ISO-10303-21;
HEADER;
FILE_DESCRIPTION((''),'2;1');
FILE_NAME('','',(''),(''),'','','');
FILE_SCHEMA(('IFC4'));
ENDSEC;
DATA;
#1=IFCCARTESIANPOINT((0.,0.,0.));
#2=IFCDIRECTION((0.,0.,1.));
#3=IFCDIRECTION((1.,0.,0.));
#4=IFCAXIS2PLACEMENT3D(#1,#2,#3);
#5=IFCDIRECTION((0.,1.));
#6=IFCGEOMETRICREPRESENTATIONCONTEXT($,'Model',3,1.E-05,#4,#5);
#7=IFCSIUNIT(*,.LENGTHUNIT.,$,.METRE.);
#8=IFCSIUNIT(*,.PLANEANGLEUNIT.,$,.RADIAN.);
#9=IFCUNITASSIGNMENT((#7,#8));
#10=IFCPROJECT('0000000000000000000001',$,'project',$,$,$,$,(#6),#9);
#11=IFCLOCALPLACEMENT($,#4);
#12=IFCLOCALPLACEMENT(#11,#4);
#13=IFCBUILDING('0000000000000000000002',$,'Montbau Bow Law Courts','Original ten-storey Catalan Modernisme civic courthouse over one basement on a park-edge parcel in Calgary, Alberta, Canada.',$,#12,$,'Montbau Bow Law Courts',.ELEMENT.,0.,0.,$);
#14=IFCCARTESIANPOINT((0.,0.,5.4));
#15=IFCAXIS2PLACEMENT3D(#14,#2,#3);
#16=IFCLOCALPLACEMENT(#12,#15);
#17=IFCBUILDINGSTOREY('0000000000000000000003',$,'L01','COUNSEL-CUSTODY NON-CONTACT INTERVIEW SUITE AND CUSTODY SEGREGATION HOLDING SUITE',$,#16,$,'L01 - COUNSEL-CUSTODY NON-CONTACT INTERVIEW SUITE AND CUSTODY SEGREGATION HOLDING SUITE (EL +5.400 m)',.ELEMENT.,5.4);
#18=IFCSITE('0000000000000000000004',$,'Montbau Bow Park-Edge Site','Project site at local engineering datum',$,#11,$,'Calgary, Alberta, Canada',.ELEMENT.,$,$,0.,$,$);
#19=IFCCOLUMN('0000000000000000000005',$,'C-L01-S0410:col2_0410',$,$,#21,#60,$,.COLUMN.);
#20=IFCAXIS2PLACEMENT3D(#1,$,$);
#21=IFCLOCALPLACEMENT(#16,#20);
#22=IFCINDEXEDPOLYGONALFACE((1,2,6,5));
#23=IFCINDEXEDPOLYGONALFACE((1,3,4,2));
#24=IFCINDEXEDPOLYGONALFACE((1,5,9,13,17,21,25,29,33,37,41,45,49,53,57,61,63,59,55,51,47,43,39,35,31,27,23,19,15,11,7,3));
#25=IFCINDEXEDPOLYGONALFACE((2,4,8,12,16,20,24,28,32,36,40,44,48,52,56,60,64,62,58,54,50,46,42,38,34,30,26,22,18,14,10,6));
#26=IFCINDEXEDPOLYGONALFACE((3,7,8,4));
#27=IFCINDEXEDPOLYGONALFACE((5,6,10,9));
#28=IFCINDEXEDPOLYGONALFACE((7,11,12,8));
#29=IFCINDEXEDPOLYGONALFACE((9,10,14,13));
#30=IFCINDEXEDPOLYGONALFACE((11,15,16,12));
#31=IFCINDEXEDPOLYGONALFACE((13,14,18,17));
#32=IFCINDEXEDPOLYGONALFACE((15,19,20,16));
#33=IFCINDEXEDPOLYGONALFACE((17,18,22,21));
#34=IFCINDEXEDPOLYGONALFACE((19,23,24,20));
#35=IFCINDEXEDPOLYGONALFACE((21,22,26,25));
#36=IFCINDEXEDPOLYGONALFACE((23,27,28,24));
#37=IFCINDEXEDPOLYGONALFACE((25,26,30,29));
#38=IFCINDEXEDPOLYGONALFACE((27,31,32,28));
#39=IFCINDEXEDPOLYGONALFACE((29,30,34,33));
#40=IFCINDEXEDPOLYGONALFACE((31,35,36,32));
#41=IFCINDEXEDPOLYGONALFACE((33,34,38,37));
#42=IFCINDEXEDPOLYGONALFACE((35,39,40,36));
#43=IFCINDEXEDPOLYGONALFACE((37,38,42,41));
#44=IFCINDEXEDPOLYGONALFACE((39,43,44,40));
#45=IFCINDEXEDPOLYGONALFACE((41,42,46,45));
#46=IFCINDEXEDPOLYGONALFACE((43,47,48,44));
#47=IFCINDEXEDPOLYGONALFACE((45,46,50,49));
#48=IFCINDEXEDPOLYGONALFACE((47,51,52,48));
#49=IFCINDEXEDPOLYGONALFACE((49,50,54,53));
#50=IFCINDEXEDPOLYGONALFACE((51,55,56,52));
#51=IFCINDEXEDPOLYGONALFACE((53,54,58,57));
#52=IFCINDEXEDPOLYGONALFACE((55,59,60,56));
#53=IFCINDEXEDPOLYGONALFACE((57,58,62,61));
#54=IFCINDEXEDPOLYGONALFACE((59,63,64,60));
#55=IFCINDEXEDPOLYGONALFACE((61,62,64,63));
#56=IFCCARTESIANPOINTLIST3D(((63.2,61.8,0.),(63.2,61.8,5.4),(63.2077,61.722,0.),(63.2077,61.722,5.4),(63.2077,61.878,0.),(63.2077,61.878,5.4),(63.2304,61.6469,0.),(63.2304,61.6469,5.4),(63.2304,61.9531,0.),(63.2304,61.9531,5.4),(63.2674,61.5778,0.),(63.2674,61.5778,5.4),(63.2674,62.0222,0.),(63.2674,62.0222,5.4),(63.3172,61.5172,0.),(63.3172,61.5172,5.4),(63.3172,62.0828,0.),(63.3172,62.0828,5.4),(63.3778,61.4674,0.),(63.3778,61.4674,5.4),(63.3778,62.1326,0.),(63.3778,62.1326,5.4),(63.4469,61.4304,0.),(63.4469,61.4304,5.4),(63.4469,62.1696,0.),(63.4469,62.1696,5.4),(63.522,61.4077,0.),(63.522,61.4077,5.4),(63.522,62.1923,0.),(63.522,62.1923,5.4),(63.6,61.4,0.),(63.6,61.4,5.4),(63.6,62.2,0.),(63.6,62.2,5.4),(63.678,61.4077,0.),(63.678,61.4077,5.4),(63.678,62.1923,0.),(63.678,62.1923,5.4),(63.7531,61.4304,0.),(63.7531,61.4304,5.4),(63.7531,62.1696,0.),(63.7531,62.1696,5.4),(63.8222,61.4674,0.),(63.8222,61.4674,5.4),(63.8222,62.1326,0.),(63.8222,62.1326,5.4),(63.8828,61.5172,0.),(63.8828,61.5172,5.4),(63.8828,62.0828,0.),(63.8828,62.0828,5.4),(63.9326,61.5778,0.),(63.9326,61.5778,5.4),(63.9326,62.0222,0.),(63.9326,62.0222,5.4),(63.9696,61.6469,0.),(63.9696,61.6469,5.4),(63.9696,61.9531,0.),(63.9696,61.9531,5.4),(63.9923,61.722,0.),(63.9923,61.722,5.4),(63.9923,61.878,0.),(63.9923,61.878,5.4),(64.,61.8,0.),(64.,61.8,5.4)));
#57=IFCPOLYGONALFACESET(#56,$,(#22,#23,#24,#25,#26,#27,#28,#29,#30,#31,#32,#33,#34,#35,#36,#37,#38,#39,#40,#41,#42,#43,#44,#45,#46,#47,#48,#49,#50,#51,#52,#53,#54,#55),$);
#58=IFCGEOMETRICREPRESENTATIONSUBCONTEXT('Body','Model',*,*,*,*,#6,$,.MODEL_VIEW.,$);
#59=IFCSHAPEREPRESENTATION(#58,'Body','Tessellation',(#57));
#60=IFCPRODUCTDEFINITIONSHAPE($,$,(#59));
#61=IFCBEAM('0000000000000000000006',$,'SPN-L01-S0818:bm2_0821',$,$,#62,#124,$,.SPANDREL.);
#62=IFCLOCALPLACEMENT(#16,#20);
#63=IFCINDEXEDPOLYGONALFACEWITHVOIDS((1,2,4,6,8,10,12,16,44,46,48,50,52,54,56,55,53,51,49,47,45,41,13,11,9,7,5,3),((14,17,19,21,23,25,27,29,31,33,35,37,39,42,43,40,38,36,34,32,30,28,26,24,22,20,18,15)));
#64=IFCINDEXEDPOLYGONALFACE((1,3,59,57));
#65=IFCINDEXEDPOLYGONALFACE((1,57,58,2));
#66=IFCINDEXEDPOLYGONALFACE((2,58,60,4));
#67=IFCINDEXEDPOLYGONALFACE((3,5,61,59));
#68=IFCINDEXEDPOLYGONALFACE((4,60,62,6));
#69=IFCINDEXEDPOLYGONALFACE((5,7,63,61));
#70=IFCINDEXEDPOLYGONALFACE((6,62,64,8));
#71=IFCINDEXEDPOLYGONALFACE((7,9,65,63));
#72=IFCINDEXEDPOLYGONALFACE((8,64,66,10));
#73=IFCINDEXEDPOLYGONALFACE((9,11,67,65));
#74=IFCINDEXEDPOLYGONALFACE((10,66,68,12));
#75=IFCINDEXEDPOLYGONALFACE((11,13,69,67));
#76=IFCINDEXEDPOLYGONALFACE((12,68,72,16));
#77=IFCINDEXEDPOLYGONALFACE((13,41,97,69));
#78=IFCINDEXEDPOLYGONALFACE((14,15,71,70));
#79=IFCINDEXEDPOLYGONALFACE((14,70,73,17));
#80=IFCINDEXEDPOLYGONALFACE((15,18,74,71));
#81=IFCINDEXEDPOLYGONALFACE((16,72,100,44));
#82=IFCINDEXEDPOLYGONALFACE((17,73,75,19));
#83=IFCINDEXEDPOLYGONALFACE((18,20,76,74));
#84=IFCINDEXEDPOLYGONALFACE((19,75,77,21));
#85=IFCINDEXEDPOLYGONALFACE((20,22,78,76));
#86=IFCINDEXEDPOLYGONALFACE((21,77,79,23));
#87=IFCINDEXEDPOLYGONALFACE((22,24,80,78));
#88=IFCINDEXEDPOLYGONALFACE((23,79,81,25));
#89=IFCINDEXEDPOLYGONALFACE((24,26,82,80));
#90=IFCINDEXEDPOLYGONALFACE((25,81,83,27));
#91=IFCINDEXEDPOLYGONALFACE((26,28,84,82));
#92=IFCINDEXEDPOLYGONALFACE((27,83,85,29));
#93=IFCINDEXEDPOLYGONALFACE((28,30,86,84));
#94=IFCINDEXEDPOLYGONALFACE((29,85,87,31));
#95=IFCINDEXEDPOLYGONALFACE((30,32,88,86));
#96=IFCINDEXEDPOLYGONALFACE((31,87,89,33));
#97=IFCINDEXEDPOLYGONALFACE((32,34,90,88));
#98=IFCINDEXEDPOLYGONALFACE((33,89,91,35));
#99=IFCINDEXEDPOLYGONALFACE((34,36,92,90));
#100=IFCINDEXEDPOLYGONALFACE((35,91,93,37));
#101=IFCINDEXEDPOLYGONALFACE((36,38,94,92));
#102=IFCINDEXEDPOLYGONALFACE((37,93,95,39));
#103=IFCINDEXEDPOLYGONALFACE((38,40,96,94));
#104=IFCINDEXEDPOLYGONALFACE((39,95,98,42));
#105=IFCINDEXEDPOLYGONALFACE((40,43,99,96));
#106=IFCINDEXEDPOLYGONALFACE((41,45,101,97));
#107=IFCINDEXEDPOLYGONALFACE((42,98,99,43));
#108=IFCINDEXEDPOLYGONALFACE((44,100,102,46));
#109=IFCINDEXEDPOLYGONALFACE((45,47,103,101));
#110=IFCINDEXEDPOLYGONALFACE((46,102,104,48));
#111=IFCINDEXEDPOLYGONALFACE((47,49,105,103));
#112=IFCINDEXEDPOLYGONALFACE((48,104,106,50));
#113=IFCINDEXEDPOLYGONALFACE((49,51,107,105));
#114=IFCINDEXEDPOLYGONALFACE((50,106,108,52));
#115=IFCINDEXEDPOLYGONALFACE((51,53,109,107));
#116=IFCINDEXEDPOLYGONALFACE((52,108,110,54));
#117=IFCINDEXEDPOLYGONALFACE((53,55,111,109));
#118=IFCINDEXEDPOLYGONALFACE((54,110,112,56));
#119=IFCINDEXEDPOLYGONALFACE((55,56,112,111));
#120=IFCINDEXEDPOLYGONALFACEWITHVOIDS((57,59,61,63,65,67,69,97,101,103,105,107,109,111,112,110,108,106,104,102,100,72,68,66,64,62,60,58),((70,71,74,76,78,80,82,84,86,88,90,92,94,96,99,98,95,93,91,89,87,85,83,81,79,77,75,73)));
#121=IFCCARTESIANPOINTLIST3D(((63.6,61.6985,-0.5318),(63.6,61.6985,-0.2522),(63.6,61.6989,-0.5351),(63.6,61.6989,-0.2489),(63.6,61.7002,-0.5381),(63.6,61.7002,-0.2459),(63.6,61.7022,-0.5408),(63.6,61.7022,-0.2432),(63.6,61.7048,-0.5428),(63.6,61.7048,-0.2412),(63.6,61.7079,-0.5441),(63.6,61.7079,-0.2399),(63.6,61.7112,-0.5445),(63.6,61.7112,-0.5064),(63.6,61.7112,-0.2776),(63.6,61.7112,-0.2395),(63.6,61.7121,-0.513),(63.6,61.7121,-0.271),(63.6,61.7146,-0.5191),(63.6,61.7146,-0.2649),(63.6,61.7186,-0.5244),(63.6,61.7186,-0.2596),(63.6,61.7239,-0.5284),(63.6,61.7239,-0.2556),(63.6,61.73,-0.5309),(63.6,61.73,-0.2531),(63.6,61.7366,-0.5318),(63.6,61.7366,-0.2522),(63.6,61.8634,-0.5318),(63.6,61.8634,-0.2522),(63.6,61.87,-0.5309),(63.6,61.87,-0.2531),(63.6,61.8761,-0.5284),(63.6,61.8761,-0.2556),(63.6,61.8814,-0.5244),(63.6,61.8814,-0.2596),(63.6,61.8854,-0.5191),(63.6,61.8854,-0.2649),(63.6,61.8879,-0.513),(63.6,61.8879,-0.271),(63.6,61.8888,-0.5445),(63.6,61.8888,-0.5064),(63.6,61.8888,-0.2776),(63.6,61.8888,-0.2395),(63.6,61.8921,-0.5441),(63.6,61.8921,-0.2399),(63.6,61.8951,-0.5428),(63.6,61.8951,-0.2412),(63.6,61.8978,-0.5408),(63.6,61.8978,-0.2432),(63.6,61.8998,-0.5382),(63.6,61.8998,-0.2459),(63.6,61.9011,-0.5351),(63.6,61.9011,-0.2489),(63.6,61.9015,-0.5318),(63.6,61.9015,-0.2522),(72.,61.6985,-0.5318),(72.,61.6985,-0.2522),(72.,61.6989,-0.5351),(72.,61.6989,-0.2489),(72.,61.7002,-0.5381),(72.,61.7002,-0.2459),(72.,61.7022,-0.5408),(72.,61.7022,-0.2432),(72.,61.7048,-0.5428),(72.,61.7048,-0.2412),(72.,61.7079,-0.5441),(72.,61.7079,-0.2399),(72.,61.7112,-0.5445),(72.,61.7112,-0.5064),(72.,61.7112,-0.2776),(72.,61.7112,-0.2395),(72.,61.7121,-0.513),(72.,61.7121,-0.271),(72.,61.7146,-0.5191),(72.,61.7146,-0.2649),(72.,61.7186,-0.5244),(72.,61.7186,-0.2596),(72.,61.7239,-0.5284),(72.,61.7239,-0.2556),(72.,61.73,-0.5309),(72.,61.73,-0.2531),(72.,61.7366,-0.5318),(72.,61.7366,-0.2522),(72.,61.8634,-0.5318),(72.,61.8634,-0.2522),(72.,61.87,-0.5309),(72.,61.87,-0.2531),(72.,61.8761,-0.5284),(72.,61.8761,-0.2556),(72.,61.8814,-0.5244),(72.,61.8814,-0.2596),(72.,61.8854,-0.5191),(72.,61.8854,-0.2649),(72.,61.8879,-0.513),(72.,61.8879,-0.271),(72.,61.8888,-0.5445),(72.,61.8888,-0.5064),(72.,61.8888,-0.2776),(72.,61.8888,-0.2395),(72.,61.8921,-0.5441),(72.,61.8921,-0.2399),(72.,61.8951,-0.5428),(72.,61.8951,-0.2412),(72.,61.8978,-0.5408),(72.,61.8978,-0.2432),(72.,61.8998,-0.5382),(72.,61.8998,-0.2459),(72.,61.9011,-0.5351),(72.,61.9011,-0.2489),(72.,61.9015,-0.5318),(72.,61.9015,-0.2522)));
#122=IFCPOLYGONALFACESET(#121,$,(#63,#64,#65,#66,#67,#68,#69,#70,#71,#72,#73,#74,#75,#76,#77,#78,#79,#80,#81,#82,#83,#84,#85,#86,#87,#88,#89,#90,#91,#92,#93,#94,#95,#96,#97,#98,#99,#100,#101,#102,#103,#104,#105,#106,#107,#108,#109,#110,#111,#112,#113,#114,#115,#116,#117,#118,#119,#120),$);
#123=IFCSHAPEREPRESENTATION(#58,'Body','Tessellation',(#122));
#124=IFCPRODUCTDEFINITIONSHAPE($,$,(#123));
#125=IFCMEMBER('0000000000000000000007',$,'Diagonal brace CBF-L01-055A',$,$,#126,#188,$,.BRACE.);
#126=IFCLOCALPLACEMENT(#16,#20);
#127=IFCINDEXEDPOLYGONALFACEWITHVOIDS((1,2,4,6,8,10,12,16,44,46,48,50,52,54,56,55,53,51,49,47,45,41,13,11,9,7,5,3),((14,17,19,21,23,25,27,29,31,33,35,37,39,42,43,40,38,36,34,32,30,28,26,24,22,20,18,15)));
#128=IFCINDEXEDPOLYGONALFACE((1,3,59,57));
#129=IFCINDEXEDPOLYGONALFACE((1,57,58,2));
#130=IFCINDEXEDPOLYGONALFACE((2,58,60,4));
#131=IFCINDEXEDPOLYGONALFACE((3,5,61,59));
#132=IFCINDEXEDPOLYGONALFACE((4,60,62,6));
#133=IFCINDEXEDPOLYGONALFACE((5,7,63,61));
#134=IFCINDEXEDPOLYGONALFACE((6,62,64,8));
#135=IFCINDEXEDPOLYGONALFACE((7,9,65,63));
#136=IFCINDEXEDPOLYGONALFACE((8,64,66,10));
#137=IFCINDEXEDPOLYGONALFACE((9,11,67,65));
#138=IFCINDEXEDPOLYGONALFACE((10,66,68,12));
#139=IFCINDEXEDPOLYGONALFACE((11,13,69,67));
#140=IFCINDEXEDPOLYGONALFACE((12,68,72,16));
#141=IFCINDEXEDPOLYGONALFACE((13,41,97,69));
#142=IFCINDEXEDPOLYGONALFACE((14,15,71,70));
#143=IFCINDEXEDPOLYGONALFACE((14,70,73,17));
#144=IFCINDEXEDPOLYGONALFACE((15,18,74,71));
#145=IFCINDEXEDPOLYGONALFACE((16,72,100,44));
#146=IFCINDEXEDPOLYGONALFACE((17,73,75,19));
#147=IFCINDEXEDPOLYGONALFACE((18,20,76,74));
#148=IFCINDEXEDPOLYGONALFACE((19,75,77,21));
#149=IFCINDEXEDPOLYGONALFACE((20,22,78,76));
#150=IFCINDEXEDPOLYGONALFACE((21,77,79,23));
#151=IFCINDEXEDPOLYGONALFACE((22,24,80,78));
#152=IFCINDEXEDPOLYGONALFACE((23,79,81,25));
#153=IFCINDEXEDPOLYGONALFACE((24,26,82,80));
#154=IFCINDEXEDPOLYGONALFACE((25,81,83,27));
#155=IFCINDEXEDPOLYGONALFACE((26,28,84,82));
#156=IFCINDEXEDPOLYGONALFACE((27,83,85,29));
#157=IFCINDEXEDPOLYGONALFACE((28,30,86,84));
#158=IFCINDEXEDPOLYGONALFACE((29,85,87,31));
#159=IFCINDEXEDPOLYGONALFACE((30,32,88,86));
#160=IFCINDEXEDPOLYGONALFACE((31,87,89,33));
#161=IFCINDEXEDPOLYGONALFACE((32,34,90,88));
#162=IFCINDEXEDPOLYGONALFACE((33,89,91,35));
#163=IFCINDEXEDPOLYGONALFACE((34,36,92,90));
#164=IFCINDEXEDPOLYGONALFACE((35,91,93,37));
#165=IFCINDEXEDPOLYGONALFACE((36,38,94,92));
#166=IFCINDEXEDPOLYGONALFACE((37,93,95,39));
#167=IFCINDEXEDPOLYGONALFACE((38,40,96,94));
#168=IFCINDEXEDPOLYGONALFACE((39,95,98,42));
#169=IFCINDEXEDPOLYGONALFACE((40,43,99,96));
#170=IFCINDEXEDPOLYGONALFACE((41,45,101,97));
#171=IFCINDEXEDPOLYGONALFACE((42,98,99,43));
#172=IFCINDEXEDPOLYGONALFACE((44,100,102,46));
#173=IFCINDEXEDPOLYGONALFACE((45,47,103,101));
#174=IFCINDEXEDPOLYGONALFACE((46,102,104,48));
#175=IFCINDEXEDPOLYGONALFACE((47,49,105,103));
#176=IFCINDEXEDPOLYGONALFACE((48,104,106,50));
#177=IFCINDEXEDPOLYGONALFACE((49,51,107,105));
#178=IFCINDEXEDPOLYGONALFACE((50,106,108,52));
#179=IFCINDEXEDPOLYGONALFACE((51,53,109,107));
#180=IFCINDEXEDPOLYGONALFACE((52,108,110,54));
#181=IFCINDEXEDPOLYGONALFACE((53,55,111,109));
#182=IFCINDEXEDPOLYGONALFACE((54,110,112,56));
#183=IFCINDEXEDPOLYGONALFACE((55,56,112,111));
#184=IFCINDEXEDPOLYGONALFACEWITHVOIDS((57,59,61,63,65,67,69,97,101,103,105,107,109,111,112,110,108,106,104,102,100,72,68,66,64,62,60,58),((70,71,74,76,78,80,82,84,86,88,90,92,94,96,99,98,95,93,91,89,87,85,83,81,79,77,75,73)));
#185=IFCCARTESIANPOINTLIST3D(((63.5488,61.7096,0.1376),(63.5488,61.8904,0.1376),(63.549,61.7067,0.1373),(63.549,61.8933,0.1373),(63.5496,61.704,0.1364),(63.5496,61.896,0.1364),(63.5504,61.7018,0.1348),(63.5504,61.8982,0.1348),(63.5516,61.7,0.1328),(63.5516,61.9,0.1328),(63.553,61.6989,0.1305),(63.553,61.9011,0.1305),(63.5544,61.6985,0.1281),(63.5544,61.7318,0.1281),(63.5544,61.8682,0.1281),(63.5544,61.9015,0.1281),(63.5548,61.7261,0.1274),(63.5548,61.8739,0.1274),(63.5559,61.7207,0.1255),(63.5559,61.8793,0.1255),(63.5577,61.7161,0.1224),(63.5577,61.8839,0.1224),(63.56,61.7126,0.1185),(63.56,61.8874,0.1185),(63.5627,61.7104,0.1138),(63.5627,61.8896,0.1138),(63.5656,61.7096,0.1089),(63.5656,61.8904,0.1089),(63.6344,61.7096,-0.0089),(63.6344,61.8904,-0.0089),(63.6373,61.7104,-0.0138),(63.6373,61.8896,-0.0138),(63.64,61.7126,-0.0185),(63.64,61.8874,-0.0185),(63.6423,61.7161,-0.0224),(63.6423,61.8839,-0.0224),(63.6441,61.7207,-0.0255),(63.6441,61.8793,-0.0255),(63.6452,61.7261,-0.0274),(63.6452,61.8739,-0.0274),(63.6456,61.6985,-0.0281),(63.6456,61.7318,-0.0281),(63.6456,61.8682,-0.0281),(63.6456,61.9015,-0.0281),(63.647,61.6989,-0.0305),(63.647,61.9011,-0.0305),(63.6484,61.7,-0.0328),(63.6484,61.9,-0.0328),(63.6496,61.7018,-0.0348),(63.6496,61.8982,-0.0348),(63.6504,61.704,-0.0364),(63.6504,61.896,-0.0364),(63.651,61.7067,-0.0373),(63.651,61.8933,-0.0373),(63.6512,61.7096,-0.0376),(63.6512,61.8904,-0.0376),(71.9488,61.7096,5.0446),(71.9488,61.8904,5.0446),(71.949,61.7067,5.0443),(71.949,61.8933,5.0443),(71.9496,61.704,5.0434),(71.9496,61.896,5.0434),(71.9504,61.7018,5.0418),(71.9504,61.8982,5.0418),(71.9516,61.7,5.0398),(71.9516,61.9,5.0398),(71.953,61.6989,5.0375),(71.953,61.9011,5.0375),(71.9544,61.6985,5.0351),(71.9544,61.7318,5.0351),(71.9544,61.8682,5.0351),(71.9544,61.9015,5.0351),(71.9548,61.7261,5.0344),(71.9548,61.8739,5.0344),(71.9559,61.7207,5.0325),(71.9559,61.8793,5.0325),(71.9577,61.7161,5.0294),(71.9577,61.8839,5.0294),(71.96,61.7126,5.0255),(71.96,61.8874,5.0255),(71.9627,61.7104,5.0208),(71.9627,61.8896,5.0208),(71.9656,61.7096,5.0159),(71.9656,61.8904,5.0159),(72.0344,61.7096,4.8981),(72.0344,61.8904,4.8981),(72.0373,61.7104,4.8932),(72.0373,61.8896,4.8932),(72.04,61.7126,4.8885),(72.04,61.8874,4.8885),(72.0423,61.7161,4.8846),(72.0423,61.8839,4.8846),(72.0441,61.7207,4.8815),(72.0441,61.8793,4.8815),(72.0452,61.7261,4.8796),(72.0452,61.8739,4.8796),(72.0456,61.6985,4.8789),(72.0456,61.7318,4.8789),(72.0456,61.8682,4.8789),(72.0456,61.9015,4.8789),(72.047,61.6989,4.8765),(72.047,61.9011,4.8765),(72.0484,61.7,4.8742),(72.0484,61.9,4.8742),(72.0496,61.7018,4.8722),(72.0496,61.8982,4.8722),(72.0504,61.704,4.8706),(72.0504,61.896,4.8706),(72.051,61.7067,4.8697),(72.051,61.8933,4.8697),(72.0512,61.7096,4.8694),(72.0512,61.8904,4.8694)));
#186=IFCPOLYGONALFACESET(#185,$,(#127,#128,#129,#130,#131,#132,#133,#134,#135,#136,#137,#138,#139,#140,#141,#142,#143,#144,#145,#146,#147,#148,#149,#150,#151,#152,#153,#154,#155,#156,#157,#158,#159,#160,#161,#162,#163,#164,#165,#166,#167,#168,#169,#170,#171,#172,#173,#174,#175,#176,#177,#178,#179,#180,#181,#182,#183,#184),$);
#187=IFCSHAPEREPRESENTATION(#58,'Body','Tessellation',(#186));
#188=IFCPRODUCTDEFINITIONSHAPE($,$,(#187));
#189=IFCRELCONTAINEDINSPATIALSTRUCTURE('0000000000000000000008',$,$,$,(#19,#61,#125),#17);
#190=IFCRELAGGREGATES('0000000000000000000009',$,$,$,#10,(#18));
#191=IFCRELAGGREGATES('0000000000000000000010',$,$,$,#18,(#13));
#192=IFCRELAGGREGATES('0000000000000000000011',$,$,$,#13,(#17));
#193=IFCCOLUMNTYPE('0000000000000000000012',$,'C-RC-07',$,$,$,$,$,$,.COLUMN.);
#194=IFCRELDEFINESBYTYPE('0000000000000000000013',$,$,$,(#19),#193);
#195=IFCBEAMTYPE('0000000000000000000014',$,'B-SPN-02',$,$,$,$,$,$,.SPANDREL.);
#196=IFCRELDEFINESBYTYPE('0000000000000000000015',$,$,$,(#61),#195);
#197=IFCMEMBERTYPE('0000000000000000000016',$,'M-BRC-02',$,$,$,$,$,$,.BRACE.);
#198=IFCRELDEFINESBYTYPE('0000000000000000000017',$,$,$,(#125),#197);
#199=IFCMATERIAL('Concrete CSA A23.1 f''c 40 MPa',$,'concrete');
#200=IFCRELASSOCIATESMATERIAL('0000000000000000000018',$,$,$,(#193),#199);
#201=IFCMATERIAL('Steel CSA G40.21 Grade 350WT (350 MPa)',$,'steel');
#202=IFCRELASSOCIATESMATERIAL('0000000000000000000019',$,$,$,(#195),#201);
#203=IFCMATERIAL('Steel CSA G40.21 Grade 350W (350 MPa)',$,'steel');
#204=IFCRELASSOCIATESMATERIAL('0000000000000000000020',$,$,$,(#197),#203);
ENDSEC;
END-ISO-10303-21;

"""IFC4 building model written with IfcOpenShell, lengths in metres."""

from ifc_helpers import new_model, si_unit, direction, frame, origin_with_axes, origin_2d_with_axis, place, context, subcontext, project, spatial, hollow_rectangle, circle, extrude, material, material_profile, profile_set, type_object, element, save


model = new_model("IFC4")

# Units and contexts
model_context = context("Model", 3, precision=1e-05, world=origin_with_axes(), true_north=direction((0.0, 1.0)))
body_context = subcontext(model_context, "Body", "Model", "MODEL_VIEW")
ifc_project = project(units=[si_unit("LENGTHUNIT", "METRE"), si_unit("PLANEANGLEUNIT", "RADIAN")], contexts=[model_context])

# Site, building, storey
site_placement = place(None, origin_with_axes())
site = spatial("IfcSite", under=ifc_project, at=site_placement, Name="Montbau Bow Park-Edge Site", Description="Project site at local engineering datum", LongName="Calgary, Alberta, Canada", CompositionType="ELEMENT", RefElevation=0.0)
building_placement = place(site_placement, origin_with_axes())
building = spatial("IfcBuilding", under=site, at=building_placement, Name="Montbau Bow Law Courts", Description="Original ten-storey Catalan Modernisme civic courthouse over one basement on a park-edge parcel in Calgary, Alberta, Canada.", LongName="Montbau Bow Law Courts", CompositionType="ELEMENT", ElevationOfRefHeight=0.0, ElevationOfTerrain=0.0)
storey_placement = place(building_placement, frame((0.0, 0.0, 5.4), z_axis=(0.0, 0.0, 1.0), x_axis=(1.0, 0.0, 0.0)))
storey = spatial("IfcBuildingStorey", under=building, at=storey_placement, Name="L01", Description="COUNSEL-CUSTODY NON-CONTACT INTERVIEW SUITE AND CUSTODY SEGREGATION HOLDING SUITE", LongName="L01 - COUNSEL-CUSTODY NON-CONTACT INTERVIEW SUITE AND CUSTODY SEGREGATION HOLDING SUITE (EL +5.400 m)", CompositionType="ELEMENT", Elevation=5.4)

# Column
ifc_material_1 = material(Name="Concrete CSA A23.1 f'c 40 MPa", Category="concrete")
ifc_material_profile_1 = material_profile(ifc_material_1, circle(Radius=0.4, at=origin_2d_with_axis()), Name="RC800D", Category="Main", Priority=0)
ifc_profile_set_1 = profile_set([ifc_material_profile_1], Name="Concrete CSA A23.1 f'c 40 MPa")
column_type = type_object("IfcColumnType", Name="C-RC-07", PredefinedType="COLUMN", material=ifc_profile_set_1)
column_placement = place(None, frame((63.6, 61.8, 5.4), z_axis=(0.0, 0.0, 1.0), x_axis=(1.0, 0.0, 0.0)))
element("IfcColumn", 1, at=column_placement, inside=storey, type_object=column_type, Name="C-L01-S0410:col2_0410", PredefinedType="COLUMN", context=body_context, shape_type="SweptSolid", body=[
    extrude(circle(Radius=0.4, at=origin_2d_with_axis()), origin_with_axes(), (0.0, 0.0, 1.0), 5.4),
])

# Beam
ifc_material_2 = material(Name="Steel CSA G40.21 Grade 350WT (350 MPa)", Category="steel")
ifc_material_profile_2 = material_profile(ifc_material_2, hollow_rectangle(XDim=0.203, YDim=0.305, WallThickness=0.0127, InnerFilletRadius=0.0254, OuterFilletRadius=0.0127, at=origin_2d_with_axis()), Name="HSS305X203X13", Category="Main", Priority=0)
ifc_profile_set_2 = profile_set([ifc_material_profile_2], Name="Steel CSA G40.21 Grade 350WT (350 MPa)")
beam_type = type_object("IfcBeamType", Name="B-SPN-02", PredefinedType="SPANDREL", material=ifc_profile_set_2)
beam_placement = place(None, frame((63.6, 61.8, 5.008), z_axis=(1.0, 0.0, 0.0), x_axis=(0.0, 1.0, 0.0)))
element("IfcBeam", 2, at=beam_placement, inside=storey, type_object=beam_type, Name="SPN-L01-S0818:bm2_0821", PredefinedType="SPANDREL", context=body_context, shape_type="SweptSolid", body=[
    extrude(hollow_rectangle(XDim=0.203, YDim=0.305, WallThickness=0.0127, InnerFilletRadius=0.0254, OuterFilletRadius=0.0127, at=origin_2d_with_axis()), origin_with_axes(), (0.0, 0.0, 1.0), 8.4),
])

# Member
ifc_material_3 = material(Name="Steel CSA G40.21 Grade 350W (350 MPa)", Category="steel")
ifc_material_profile_3 = material_profile(ifc_material_3, hollow_rectangle(XDim=0.203, YDim=0.203, WallThickness=0.0111, InnerFilletRadius=0.0222, OuterFilletRadius=0.0111, at=origin_2d_with_axis()), Name="HSS203X203X11", Category="Main", Priority=0)
ifc_profile_set_3 = profile_set([ifc_material_profile_3], Name="Steel CSA G40.21 Grade 350W (350 MPa)")
member_type_1 = type_object("IfcMemberType", Name="M-BRC-02", PredefinedType="BRACE", material=ifc_profile_set_3)
member_1_placement = place(None, frame((63.6, 61.8, 5.45), z_axis=(0.863466, 0.0, 0.504408), x_axis=(0.0, 1.0, 0.0)))
element("IfcMember", 3, at=member_1_placement, inside=storey, type_object=member_type_1, Name="Diagonal brace CBF-L01-055A", PredefinedType="BRACE", context=body_context, shape_type="SweptSolid", body=[
    extrude(hollow_rectangle(XDim=0.203, YDim=0.203, WallThickness=0.0111, InnerFilletRadius=0.0222, OuterFilletRadius=0.0111, at=origin_2d_with_axis()), origin_with_axes(), (0.0, 0.0, 1.0), 9.7282),
])

save(model, "model.ifc")
